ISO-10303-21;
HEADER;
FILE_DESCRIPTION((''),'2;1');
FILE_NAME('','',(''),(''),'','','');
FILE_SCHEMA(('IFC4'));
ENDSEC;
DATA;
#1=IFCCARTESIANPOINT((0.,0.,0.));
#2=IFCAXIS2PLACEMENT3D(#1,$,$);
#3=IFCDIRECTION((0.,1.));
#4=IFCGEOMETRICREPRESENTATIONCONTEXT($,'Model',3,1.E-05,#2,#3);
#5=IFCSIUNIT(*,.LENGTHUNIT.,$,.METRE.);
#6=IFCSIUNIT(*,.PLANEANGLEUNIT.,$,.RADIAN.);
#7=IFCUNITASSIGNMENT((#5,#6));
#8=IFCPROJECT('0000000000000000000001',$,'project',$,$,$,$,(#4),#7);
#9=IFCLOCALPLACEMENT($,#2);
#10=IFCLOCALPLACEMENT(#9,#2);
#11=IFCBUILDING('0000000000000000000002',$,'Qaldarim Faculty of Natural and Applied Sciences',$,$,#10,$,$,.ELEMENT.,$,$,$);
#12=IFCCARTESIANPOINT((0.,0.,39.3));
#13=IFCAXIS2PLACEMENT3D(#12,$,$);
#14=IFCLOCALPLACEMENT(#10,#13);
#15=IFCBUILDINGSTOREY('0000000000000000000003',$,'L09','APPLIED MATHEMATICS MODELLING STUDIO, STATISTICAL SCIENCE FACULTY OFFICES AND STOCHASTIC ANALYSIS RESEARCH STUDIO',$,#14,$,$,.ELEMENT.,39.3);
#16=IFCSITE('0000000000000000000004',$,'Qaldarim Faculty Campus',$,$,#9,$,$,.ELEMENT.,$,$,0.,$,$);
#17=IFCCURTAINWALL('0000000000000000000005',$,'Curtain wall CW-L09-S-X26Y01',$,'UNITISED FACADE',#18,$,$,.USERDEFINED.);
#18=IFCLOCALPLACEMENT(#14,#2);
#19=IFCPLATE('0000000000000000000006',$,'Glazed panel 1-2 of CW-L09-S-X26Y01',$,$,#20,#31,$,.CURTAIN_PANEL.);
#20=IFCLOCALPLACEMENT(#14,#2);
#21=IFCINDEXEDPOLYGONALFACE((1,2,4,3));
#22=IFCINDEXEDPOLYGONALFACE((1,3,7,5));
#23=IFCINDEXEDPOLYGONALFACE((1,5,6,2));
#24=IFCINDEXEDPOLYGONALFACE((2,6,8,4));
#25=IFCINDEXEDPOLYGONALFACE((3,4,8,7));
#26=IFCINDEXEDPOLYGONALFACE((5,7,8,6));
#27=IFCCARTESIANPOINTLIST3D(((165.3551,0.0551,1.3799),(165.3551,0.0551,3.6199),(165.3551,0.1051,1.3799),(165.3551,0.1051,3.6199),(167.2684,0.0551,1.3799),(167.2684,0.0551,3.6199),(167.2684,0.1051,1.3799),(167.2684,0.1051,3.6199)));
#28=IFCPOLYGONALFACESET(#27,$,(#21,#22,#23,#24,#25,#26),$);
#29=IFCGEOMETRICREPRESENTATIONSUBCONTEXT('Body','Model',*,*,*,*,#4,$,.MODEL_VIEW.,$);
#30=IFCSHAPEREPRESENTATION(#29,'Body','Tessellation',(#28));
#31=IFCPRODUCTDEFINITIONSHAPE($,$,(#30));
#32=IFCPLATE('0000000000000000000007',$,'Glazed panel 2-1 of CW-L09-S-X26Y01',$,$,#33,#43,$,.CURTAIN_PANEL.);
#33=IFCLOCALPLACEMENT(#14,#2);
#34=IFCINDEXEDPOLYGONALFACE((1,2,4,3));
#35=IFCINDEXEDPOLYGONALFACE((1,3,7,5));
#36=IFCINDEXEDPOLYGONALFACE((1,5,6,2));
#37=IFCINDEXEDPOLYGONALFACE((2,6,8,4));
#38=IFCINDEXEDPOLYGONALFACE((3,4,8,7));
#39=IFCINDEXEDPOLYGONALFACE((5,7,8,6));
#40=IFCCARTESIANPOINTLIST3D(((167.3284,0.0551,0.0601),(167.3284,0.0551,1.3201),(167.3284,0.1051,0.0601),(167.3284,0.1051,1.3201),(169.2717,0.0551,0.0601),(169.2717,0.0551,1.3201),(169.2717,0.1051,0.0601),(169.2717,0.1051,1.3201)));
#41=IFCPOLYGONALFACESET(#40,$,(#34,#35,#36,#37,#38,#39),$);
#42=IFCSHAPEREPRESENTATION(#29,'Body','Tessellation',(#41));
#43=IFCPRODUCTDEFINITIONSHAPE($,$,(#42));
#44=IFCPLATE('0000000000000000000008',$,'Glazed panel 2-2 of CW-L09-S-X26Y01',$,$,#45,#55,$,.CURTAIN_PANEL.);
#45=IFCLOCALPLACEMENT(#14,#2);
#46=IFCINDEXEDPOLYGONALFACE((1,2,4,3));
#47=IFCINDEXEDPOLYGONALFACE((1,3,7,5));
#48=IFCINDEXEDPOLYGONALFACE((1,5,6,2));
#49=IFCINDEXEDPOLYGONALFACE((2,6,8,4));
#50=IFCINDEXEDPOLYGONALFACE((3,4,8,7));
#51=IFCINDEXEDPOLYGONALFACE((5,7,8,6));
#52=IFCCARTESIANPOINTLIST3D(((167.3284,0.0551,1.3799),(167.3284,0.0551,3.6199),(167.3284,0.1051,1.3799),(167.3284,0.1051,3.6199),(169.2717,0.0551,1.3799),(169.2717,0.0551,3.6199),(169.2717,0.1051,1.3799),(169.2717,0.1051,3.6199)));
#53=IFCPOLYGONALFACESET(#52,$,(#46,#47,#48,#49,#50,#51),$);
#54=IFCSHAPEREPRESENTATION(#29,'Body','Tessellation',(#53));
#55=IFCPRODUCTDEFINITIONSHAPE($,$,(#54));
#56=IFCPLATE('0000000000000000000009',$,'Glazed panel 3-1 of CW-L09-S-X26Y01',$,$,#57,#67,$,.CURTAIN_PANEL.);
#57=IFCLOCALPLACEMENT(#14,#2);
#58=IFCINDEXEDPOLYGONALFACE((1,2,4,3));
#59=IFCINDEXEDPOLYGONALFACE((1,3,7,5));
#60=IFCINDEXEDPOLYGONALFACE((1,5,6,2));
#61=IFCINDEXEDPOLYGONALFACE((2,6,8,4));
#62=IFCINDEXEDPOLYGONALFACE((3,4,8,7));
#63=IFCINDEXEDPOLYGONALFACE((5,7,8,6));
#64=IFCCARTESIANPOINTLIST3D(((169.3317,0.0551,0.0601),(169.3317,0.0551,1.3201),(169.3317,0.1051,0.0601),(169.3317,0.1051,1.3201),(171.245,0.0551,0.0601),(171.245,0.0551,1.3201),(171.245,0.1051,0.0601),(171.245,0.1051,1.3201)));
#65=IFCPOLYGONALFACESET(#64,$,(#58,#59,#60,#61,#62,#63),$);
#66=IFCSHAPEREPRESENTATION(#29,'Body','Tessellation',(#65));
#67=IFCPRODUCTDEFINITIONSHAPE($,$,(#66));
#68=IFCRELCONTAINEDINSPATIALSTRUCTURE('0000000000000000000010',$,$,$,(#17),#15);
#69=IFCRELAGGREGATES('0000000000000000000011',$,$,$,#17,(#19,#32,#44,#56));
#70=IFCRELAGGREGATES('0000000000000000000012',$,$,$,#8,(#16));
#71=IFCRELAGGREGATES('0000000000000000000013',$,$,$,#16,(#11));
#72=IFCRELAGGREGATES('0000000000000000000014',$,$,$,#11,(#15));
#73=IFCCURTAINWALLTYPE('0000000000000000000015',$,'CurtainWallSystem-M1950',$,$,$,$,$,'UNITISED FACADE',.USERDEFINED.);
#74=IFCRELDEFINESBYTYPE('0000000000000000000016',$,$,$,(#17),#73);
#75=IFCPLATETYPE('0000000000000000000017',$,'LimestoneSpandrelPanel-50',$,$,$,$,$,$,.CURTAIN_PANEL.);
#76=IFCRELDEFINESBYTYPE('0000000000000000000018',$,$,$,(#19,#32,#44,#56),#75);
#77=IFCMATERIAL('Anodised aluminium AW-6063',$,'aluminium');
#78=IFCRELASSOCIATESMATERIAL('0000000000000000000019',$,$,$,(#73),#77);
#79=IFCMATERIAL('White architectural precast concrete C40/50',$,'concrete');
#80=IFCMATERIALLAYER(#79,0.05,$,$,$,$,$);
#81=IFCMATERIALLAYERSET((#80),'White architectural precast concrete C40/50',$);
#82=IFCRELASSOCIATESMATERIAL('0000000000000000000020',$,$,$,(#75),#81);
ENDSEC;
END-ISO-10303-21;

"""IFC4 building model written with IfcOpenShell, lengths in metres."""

from ifc_helpers import new_model, si_unit, direction, frame, origin, origin_2d, place, context, subcontext, project, spatial, rectangle, extrude, material, layer, layer_set, type_object, element, aggregate, save


model = new_model("IFC4")

# Units and contexts
model_context = context("Model", 3, precision=1e-05, world=origin(), true_north=direction((0.0, 1.0)))
body_context = subcontext(model_context, "Body", "Model", "MODEL_VIEW")
ifc_project = project(units=[si_unit("LENGTHUNIT", "METRE"), si_unit("PLANEANGLEUNIT", "RADIAN")], contexts=[model_context])

# Site, building, storey
site_placement = place(None, origin())
site = spatial("IfcSite", under=ifc_project, at=site_placement, Name="Qaldarim Faculty Campus", CompositionType="ELEMENT", RefElevation=0.0)
building_placement = place(site_placement, origin())
building = spatial("IfcBuilding", under=site, at=building_placement, Name="Qaldarim Faculty of Natural and Applied Sciences", CompositionType="ELEMENT")
storey_placement = place(building_placement, frame((0.0, 0.0, 39.3)))
storey = spatial("IfcBuildingStorey", under=building, at=storey_placement, Name="L09", Description="APPLIED MATHEMATICS MODELLING STUDIO, STATISTICAL SCIENCE FACULTY OFFICES AND STOCHASTIC ANALYSIS RESEARCH STUDIO", CompositionType="ELEMENT", Elevation=39.3)

# Curtain wall
ifc_material_1 = material(Name="Anodised aluminium AW-6063", Category="aluminium")
curtain_wall_type = type_object("IfcCurtainWallType", Name="CurtainWallSystem-M1950", ElementType="UNITISED FACADE", PredefinedType="USERDEFINED", material=ifc_material_1)
curtain_wall_placement = place(storey_placement, origin())
curtain_wall = element("IfcCurtainWall", 1, at=curtain_wall_placement, inside=storey, type_object=curtain_wall_type, Name="Curtain wall CW-L09-S-X26Y01", ObjectType="UNITISED FACADE", PredefinedType="USERDEFINED")

# Plates
ifc_material_2 = material(Name="White architectural precast concrete C40/50", Category="concrete")
ifc_layer = layer(ifc_material_2, 0.05)
ifc_layer_set = layer_set([ifc_layer], Name="White architectural precast concrete C40/50")
plate_type = type_object("IfcPlateType", Name="LimestoneSpandrelPanel-50", PredefinedType="CURTAIN_PANEL", material=ifc_layer_set)
plate_1_placement = place(storey_placement, frame((166.3118, 0.0801, 1.3799), z_axis=(0.0, 0.0, 1.0), x_axis=(1.0, 0.0, 0.0)))
plate_1 = element("IfcPlate", 2, at=plate_1_placement, type_object=plate_type, Name="Glazed panel 1-2 of CW-L09-S-X26Y01", PredefinedType="CURTAIN_PANEL", context=body_context, shape_type="SweptSolid", body=[
    extrude(rectangle(XDim=1.9133, YDim=0.05, at=origin_2d()), origin(), (0.0, 0.0, 1.0), 2.24),
])
plate_2_placement = place(storey_placement, frame((168.3, 0.0801, 0.0601), z_axis=(0.0, 0.0, 1.0), x_axis=(1.0, 0.0, 0.0)))
plate_2 = element("IfcPlate", 3, at=plate_2_placement, type_object=plate_type, Name="Glazed panel 2-1 of CW-L09-S-X26Y01", PredefinedType="CURTAIN_PANEL", context=body_context, shape_type="SweptSolid", body=[
    extrude(rectangle(XDim=1.9434, YDim=0.05, at=origin_2d()), origin(), (0.0, 0.0, 1.0), 1.26),
])
plate_3_placement = place(storey_placement, frame((168.3, 0.0801, 1.3799), z_axis=(0.0, 0.0, 1.0), x_axis=(1.0, 0.0, 0.0)))
plate_3 = element("IfcPlate", 4, at=plate_3_placement, type_object=plate_type, Name="Glazed panel 2-2 of CW-L09-S-X26Y01", PredefinedType="CURTAIN_PANEL", context=body_context, shape_type="SweptSolid", body=[
    extrude(rectangle(XDim=1.9434, YDim=0.05, at=origin_2d()), origin(), (0.0, 0.0, 1.0), 2.24),
])
plate_4_placement = place(storey_placement, frame((170.2883, 0.0801, 0.0601), z_axis=(0.0, 0.0, 1.0), x_axis=(1.0, 0.0, 0.0)))
plate_4 = element("IfcPlate", 5, at=plate_4_placement, type_object=plate_type, Name="Glazed panel 3-1 of CW-L09-S-X26Y01", PredefinedType="CURTAIN_PANEL", context=body_context, shape_type="SweptSolid", body=[
    extrude(rectangle(XDim=1.9133, YDim=0.05, at=origin_2d()), origin(), (0.0, 0.0, 1.0), 1.26),
])
aggregate(curtain_wall, [plate_1, plate_2, plate_3, plate_4])

save(model, "model.ifc")
